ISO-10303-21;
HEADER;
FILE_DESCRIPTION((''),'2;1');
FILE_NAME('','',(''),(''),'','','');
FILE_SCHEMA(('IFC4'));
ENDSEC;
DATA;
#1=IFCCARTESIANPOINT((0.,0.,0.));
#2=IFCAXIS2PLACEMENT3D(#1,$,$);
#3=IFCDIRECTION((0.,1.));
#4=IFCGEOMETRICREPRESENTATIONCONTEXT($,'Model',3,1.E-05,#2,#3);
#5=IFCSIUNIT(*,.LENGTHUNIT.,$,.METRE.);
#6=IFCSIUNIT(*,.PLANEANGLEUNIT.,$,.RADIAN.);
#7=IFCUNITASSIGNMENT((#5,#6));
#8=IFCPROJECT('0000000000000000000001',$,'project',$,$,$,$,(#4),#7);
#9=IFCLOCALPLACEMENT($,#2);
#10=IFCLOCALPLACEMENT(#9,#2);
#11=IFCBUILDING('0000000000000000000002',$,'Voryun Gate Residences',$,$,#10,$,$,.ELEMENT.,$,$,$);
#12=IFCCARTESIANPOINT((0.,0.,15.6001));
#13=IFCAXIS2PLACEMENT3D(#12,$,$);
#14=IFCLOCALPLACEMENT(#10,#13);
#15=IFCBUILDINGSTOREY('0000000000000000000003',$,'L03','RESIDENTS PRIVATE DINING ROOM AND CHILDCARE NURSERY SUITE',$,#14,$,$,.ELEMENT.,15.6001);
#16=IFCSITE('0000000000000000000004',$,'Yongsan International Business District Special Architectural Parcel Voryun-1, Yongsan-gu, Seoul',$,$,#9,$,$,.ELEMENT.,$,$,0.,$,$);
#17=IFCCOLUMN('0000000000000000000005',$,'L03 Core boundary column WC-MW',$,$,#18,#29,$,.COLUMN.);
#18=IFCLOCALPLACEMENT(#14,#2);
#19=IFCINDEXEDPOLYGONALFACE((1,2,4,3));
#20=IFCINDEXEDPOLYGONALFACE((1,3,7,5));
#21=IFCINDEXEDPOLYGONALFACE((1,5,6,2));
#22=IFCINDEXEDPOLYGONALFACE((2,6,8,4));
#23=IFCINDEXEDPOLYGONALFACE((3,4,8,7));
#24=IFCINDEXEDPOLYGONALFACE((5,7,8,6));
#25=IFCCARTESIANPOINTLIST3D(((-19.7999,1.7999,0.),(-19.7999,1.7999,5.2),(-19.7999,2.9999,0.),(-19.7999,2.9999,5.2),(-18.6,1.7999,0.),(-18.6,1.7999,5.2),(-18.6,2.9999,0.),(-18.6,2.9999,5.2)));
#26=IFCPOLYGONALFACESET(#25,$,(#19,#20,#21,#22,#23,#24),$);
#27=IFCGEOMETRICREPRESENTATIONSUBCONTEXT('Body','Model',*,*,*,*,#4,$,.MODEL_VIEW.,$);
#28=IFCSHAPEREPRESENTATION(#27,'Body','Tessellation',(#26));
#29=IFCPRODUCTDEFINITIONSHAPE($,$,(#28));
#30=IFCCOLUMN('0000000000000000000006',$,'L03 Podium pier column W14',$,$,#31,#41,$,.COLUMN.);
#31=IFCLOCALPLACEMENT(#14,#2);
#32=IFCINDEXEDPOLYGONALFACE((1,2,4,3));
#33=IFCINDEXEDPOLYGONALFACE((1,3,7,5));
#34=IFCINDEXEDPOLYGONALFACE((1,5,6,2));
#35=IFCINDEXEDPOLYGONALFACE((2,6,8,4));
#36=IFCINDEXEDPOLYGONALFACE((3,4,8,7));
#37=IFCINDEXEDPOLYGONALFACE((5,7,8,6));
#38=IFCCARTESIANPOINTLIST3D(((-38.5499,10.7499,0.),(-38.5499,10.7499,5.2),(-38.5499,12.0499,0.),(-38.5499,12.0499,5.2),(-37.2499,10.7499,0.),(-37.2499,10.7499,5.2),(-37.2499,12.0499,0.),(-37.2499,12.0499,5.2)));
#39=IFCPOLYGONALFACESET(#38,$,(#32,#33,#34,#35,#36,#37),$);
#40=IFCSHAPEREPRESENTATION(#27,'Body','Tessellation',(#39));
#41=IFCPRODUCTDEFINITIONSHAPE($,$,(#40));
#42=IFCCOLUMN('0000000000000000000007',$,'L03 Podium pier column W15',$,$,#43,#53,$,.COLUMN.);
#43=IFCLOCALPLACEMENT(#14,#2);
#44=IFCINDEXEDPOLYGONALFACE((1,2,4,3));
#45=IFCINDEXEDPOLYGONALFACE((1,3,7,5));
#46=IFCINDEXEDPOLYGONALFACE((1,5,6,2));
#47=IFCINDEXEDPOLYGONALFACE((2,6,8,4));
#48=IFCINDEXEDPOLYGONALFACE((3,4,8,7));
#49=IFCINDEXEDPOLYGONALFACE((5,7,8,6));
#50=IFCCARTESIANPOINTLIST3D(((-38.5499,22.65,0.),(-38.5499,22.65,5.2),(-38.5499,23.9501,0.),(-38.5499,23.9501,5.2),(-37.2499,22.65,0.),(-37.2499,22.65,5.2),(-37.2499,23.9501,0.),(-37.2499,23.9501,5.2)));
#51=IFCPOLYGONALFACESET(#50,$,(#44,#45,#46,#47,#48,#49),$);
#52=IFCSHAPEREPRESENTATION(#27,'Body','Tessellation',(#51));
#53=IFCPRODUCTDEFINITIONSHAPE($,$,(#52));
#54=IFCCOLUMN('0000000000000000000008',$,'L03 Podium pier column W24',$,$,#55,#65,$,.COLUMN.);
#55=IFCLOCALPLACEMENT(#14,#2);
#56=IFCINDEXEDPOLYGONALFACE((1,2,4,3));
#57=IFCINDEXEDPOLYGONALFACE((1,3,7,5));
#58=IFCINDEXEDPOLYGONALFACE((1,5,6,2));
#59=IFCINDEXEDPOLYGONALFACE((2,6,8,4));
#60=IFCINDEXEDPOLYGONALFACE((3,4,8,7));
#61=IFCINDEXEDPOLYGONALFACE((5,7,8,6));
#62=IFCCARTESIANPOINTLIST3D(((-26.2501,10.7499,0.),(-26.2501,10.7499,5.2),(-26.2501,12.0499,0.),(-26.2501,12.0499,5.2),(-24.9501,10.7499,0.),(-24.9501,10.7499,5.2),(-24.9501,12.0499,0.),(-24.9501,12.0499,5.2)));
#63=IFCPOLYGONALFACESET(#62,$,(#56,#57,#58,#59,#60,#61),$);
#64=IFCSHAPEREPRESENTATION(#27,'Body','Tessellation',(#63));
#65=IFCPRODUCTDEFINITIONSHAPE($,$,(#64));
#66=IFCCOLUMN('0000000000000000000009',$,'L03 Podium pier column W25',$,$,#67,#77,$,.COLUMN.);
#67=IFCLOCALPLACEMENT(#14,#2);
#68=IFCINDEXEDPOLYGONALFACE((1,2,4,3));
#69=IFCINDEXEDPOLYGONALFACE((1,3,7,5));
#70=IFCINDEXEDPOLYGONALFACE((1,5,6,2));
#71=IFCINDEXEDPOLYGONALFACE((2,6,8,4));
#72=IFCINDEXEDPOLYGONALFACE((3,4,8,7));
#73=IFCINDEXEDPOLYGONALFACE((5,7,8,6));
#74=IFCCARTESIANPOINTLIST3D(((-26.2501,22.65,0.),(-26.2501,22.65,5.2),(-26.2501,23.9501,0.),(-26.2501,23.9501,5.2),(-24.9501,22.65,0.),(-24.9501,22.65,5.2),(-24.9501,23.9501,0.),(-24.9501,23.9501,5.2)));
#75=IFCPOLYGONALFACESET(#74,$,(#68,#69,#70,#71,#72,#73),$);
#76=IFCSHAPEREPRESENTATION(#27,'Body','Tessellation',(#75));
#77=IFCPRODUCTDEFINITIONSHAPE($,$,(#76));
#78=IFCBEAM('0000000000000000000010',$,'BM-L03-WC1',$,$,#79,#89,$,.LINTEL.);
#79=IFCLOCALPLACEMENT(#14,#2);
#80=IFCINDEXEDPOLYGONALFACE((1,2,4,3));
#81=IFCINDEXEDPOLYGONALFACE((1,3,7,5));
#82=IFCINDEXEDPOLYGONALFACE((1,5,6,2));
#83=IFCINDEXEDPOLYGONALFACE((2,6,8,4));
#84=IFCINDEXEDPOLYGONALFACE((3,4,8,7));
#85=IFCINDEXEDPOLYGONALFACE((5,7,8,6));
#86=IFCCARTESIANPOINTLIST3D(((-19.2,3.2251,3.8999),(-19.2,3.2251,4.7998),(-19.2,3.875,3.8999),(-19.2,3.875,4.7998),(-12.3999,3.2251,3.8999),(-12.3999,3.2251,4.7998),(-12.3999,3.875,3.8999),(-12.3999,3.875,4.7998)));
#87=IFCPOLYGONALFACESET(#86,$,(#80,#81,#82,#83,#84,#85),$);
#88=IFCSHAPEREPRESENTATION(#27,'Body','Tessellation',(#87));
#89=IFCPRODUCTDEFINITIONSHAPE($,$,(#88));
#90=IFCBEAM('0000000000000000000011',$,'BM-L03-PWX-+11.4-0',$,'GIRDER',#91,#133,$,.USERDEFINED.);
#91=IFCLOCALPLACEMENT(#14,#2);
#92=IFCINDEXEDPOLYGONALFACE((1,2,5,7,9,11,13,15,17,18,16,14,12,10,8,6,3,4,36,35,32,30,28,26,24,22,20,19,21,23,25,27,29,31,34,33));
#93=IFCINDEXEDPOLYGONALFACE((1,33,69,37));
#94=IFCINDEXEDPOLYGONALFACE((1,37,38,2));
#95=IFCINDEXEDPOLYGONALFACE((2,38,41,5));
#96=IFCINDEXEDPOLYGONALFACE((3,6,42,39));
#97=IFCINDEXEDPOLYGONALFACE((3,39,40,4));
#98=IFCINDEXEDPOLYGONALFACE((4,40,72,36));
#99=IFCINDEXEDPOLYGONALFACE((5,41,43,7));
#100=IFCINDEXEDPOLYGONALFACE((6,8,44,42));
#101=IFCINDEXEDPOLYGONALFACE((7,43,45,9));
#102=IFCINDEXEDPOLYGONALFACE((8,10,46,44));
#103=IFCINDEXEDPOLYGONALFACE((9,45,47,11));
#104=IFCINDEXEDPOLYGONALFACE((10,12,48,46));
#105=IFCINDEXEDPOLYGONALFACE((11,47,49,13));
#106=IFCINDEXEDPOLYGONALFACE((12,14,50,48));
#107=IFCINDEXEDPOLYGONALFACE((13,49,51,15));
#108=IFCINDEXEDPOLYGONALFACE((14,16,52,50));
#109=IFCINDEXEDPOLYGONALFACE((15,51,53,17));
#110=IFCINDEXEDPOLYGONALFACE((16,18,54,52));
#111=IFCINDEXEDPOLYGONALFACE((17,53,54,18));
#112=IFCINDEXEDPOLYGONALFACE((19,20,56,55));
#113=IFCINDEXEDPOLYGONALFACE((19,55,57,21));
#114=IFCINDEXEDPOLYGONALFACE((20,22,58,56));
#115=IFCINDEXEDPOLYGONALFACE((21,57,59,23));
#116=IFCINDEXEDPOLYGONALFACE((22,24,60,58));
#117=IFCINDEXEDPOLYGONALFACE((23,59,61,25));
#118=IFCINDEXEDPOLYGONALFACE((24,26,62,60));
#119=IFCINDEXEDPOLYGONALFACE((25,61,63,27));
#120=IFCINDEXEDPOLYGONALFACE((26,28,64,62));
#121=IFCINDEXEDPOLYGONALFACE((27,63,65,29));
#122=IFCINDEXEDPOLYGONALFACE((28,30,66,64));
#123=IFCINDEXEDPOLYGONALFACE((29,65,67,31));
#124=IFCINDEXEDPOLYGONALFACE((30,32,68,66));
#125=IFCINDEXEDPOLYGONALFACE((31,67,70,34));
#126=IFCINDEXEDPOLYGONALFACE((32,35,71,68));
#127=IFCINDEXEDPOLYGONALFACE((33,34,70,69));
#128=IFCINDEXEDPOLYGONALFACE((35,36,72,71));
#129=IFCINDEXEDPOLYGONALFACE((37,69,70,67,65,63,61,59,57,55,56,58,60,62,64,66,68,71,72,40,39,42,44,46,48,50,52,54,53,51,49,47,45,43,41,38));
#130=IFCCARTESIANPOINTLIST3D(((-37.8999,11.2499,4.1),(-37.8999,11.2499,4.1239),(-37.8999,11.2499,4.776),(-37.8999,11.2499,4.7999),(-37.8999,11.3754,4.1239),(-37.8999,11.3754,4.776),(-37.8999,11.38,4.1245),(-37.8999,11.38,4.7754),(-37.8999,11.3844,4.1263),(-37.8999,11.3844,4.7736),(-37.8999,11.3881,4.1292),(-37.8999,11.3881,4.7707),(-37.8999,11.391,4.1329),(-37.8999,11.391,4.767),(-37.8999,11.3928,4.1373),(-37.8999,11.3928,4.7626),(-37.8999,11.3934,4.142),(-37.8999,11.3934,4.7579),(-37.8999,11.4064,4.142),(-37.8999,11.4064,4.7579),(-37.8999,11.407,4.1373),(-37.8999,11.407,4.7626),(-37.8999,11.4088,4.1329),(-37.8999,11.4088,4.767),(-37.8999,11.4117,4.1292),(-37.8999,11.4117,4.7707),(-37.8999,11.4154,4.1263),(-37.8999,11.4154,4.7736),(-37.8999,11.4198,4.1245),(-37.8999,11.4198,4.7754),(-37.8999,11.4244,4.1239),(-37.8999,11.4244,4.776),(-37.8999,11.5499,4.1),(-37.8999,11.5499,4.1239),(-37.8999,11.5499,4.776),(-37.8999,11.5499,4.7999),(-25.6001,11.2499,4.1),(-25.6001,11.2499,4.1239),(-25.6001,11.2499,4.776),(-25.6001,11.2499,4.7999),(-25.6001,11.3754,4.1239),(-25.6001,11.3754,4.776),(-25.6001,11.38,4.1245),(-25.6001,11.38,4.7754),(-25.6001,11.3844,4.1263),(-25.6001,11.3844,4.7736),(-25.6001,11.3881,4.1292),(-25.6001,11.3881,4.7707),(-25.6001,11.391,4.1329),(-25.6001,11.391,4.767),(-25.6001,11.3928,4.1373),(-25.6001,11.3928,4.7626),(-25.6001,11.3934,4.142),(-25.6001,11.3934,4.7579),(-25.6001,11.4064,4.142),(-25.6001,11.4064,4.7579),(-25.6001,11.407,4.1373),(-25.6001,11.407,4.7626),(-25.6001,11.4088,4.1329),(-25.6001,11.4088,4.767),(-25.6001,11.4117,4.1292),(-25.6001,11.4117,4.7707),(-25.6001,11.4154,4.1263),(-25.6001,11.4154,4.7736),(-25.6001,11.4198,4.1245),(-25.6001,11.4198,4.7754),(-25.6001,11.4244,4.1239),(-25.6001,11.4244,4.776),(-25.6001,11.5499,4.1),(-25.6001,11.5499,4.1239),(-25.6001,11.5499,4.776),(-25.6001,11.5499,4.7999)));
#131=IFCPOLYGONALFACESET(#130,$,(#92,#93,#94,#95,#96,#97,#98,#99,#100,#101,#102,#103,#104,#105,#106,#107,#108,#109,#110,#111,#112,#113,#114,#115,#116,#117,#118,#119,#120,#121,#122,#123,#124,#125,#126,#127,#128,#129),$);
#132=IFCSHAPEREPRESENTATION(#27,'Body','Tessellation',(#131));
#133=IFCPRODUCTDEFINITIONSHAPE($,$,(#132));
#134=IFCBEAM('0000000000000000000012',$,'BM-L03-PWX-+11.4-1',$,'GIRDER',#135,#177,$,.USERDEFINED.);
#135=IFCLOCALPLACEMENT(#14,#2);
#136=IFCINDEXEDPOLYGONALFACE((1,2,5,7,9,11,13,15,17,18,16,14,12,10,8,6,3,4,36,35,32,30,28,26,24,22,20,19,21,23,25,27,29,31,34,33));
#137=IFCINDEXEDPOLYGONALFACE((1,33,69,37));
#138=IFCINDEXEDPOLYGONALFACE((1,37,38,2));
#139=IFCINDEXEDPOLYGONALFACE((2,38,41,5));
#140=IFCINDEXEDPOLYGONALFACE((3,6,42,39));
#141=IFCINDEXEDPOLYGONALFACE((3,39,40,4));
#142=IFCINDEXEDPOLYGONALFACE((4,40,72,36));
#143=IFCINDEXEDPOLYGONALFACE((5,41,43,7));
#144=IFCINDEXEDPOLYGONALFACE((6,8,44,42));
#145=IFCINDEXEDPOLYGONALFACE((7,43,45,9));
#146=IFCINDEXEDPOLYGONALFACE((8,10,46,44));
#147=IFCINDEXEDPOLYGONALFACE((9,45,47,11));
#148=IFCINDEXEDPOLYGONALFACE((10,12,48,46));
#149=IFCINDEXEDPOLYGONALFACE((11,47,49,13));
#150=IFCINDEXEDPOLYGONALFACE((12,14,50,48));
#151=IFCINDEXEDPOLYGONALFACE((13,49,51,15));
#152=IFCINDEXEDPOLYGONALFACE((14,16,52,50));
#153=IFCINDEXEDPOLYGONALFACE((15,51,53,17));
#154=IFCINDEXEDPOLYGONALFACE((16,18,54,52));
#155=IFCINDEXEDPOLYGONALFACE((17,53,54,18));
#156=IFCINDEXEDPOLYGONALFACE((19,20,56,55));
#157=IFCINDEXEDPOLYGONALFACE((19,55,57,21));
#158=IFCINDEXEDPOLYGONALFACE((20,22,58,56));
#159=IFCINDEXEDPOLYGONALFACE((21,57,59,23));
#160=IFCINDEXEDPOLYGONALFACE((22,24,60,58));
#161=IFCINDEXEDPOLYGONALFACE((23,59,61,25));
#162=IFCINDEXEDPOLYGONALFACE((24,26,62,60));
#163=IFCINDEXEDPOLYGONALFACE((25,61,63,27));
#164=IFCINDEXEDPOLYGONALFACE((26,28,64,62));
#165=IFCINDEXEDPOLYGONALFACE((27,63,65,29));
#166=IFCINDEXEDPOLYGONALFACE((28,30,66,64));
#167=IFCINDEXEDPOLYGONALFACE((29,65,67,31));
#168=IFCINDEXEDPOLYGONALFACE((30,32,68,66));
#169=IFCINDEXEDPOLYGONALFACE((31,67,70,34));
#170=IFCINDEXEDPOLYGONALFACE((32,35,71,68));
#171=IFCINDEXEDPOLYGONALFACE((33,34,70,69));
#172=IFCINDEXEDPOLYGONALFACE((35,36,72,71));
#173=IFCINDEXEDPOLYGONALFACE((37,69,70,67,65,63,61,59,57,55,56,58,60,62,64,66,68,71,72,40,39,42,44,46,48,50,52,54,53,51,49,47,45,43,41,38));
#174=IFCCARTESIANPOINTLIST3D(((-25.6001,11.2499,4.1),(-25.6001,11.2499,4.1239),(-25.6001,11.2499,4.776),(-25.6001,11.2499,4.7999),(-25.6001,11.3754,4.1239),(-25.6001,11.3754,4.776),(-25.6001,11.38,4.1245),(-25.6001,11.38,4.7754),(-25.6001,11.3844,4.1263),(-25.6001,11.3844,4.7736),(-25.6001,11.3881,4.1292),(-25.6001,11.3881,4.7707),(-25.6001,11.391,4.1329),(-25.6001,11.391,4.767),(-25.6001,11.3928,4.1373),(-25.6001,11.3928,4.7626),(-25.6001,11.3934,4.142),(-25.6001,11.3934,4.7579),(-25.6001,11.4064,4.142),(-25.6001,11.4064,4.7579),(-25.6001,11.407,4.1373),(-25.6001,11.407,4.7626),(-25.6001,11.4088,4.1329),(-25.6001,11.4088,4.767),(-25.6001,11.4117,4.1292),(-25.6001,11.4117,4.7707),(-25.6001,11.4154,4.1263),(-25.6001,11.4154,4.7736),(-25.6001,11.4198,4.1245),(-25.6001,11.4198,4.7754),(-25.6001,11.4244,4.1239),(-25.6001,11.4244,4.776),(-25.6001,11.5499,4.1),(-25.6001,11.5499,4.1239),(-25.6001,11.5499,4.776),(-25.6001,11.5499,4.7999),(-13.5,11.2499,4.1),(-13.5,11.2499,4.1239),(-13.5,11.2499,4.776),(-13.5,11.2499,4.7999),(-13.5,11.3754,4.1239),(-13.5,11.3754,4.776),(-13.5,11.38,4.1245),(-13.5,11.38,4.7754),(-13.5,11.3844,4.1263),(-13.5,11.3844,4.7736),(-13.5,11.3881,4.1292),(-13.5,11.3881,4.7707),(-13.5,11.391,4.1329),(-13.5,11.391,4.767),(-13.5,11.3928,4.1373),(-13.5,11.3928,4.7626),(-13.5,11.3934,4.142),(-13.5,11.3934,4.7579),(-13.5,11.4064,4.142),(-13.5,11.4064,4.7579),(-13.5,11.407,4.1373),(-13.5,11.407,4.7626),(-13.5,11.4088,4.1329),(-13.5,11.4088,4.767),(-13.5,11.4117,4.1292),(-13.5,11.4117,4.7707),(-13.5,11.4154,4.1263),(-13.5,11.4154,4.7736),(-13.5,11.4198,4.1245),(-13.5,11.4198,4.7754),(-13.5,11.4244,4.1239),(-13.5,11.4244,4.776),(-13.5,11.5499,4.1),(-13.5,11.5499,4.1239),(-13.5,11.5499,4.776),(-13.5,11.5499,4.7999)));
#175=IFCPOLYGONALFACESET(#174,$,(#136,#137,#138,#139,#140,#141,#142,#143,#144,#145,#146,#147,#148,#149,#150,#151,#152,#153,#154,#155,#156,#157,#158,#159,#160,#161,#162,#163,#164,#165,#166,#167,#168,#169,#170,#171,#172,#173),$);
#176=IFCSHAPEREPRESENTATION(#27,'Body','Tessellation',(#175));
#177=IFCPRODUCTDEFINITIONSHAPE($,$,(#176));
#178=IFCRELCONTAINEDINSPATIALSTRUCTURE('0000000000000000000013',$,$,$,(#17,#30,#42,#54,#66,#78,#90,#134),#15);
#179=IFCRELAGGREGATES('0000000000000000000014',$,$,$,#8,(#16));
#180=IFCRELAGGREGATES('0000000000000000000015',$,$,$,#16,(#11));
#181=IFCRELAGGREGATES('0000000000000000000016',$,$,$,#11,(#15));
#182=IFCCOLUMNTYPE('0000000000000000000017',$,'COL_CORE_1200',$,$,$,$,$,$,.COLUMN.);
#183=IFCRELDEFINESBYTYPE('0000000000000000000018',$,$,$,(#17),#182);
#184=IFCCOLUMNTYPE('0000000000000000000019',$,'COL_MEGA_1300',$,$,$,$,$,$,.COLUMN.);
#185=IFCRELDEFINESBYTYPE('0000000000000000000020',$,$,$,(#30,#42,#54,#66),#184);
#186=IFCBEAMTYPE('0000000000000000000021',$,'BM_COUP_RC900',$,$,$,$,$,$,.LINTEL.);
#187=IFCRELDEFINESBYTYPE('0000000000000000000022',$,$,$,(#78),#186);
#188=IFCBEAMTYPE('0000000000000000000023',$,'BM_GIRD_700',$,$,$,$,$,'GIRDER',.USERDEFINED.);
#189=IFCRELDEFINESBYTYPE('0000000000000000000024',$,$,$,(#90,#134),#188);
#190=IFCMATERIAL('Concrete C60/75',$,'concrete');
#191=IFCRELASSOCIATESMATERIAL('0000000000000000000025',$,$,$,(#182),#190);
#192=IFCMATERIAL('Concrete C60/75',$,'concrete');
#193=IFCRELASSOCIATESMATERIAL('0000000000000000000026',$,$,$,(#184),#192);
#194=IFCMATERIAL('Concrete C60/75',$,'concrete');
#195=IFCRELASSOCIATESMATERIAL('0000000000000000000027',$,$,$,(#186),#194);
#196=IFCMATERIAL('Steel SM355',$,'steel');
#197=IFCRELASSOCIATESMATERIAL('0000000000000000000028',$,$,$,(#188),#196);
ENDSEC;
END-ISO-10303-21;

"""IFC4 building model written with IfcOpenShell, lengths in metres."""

from ifc_helpers import new_model, si_unit, direction, frame, origin, origin_2d, place, context, subcontext, project, spatial, rectangle, i_section, extrude, material, material_profile, profile_set, type_object, element, save


model = new_model("IFC4")

# Units and contexts
model_context = context("Model", 3, precision=1e-05, world=origin(), true_north=direction((0.0, 1.0)))
body_context = subcontext(model_context, "Body", "Model", "MODEL_VIEW")
ifc_project = project(units=[si_unit("LENGTHUNIT", "METRE"), si_unit("PLANEANGLEUNIT", "RADIAN")], contexts=[model_context])

# Site, building, storey
site_placement = place(None, origin())
site = spatial("IfcSite", under=ifc_project, at=site_placement, Name="Yongsan International Business District Special Architectural Parcel Voryun-1, Yongsan-gu, Seoul", CompositionType="ELEMENT", RefElevation=0.0)
building_placement = place(site_placement, origin())
building = spatial("IfcBuilding", under=site, at=building_placement, Name="Voryun Gate Residences", CompositionType="ELEMENT")
storey_placement = place(building_placement, frame((0.0, 0.0, 15.6001)))
storey = spatial("IfcBuildingStorey", under=building, at=storey_placement, Name="L03", Description="RESIDENTS PRIVATE DINING ROOM AND CHILDCARE NURSERY SUITE", CompositionType="ELEMENT", Elevation=15.6001)

# Columns
ifc_material_1 = material(Name="Concrete C60/75", Category="concrete")
ifc_material_profile_1 = material_profile(ifc_material_1, rectangle(XDim=1.2, YDim=1.2, at=origin_2d()), Name="RC-1200x1200")
ifc_profile_set_1 = profile_set([ifc_material_profile_1], Name="Concrete C60/75")
column_type_1 = type_object("IfcColumnType", Name="COL_CORE_1200", PredefinedType="COLUMN", material=ifc_profile_set_1)
column_placement = place(storey_placement, frame((-19.2, 2.3999, 0.0), z_axis=(0.0, 0.0, 1.0), x_axis=(1.0, 0.0, 0.0)))
element("IfcColumn", 1, at=column_placement, inside=storey, type_object=column_type_1, Name="L03 Core boundary column WC-MW", PredefinedType="COLUMN", context=body_context, shape_type="SweptSolid", body=[
    extrude(rectangle(XDim=1.2, YDim=1.2, at=origin_2d()), origin(), (0.0, 0.0, 1.0), 5.2),
])
ifc_material_2 = material(Name="Concrete C60/75", Category="concrete")
ifc_material_profile_2 = material_profile(ifc_material_2, rectangle(XDim=1.3, YDim=1.3, at=origin_2d()), Name="RC-1300x1300")
ifc_profile_set_2 = profile_set([ifc_material_profile_2], Name="Concrete C60/75")
column_type_2 = type_object("IfcColumnType", Name="COL_MEGA_1300", PredefinedType="COLUMN", material=ifc_profile_set_2)
for number, where, z_axis, x_axis, name in (
    (2, (-37.8999, 11.3999, 0.0), (0.0, 0.0, 1.0), (1.0, 0.0, 0.0), "L03 Podium pier column W14"),
    (3, (-37.8999, 23.3, 0.0), (0.0, 0.0, 1.0), (1.0, 0.0, 0.0), "L03 Podium pier column W15"),
    (4, (-25.6001, 11.3999, 0.0), (0.0, 0.0, 1.0), (1.0, 0.0, 0.0), "L03 Podium pier column W24"),
    (5, (-25.6001, 23.3, 0.0), (0.0, 0.0, 1.0), (1.0, 0.0, 0.0), "L03 Podium pier column W25"),
):
    element("IfcColumn", number, at=place(storey_placement, frame(where, z_axis=z_axis, x_axis=x_axis)), inside=storey, type_object=column_type_2, Name=name, PredefinedType="COLUMN", context=body_context, shape_type="SweptSolid", body=[
        extrude(rectangle(XDim=1.3, YDim=1.3, at=origin_2d()), origin(), (0.0, 0.0, 1.0), 5.2),
    ])

# Beams
ifc_material_3 = material(Name="Concrete C60/75", Category="concrete")
ifc_material_profile_3 = material_profile(ifc_material_3, rectangle(XDim=0.6499, YDim=0.8999, at=origin_2d()), Name="RC-650x900")
ifc_profile_set_3 = profile_set([ifc_material_profile_3], Name="Concrete C60/75")
beam_type_1 = type_object("IfcBeamType", Name="BM_COUP_RC900", PredefinedType="LINTEL", material=ifc_profile_set_3)
beam_1_placement = place(storey_placement, frame((-19.2, 3.55, 4.3499), z_axis=(1.0, 0.0, 0.0), x_axis=(0.0, 1.0, 0.0)))
element("IfcBeam", 6, at=beam_1_placement, inside=storey, type_object=beam_type_1, Name="BM-L03-WC1", PredefinedType="LINTEL", context=body_context, shape_type="SweptSolid", body=[
    extrude(rectangle(XDim=0.6499, YDim=0.8999, at=origin_2d()), origin(), (0.0, 0.0, 1.0), 6.8),
])
ifc_material_4 = material(Name="Steel SM355", Category="steel")
ifc_material_profile_4 = material_profile(ifc_material_4, i_section(OverallWidth=0.3, OverallDepth=0.7, WebThickness=0.0129, FlangeThickness=0.0239, FilletRadius=0.0181, at=origin_2d()), Name="H-700x300x13x24")
ifc_profile_set_4 = profile_set([ifc_material_profile_4], Name="Steel SM355")
beam_type_2 = type_object("IfcBeamType", Name="BM_GIRD_700", ElementType="GIRDER", PredefinedType="USERDEFINED", material=ifc_profile_set_4)
beam_2_placement = place(storey_placement, frame((-37.8999, 11.3999, 4.45), z_axis=(1.0, 0.0, 0.0), x_axis=(0.0, 1.0, 0.0)))
element("IfcBeam", 7, at=beam_2_placement, inside=storey, type_object=beam_type_2, Name="BM-L03-PWX-+11.4-0", ObjectType="GIRDER", PredefinedType="USERDEFINED", context=body_context, shape_type="SweptSolid", body=[
    extrude(i_section(OverallWidth=0.3, OverallDepth=0.7, WebThickness=0.0129, FlangeThickness=0.0239, FilletRadius=0.0181, at=origin_2d()), origin(), (0.0, 0.0, 1.0), 12.2998),
])
beam_3_placement = place(storey_placement, frame((-25.6001, 11.3999, 4.45), z_axis=(1.0, 0.0, 0.0), x_axis=(0.0, 1.0, 0.0)))
element("IfcBeam", 8, at=beam_3_placement, inside=storey, type_object=beam_type_2, Name="BM-L03-PWX-+11.4-1", ObjectType="GIRDER", PredefinedType="USERDEFINED", context=body_context, shape_type="SweptSolid", body=[
    extrude(i_section(OverallWidth=0.3, OverallDepth=0.7, WebThickness=0.0129, FlangeThickness=0.0239, FilletRadius=0.0181, at=origin_2d()), origin(), (0.0, 0.0, 1.0), 12.1001),
])

save(model, "model.ifc")
